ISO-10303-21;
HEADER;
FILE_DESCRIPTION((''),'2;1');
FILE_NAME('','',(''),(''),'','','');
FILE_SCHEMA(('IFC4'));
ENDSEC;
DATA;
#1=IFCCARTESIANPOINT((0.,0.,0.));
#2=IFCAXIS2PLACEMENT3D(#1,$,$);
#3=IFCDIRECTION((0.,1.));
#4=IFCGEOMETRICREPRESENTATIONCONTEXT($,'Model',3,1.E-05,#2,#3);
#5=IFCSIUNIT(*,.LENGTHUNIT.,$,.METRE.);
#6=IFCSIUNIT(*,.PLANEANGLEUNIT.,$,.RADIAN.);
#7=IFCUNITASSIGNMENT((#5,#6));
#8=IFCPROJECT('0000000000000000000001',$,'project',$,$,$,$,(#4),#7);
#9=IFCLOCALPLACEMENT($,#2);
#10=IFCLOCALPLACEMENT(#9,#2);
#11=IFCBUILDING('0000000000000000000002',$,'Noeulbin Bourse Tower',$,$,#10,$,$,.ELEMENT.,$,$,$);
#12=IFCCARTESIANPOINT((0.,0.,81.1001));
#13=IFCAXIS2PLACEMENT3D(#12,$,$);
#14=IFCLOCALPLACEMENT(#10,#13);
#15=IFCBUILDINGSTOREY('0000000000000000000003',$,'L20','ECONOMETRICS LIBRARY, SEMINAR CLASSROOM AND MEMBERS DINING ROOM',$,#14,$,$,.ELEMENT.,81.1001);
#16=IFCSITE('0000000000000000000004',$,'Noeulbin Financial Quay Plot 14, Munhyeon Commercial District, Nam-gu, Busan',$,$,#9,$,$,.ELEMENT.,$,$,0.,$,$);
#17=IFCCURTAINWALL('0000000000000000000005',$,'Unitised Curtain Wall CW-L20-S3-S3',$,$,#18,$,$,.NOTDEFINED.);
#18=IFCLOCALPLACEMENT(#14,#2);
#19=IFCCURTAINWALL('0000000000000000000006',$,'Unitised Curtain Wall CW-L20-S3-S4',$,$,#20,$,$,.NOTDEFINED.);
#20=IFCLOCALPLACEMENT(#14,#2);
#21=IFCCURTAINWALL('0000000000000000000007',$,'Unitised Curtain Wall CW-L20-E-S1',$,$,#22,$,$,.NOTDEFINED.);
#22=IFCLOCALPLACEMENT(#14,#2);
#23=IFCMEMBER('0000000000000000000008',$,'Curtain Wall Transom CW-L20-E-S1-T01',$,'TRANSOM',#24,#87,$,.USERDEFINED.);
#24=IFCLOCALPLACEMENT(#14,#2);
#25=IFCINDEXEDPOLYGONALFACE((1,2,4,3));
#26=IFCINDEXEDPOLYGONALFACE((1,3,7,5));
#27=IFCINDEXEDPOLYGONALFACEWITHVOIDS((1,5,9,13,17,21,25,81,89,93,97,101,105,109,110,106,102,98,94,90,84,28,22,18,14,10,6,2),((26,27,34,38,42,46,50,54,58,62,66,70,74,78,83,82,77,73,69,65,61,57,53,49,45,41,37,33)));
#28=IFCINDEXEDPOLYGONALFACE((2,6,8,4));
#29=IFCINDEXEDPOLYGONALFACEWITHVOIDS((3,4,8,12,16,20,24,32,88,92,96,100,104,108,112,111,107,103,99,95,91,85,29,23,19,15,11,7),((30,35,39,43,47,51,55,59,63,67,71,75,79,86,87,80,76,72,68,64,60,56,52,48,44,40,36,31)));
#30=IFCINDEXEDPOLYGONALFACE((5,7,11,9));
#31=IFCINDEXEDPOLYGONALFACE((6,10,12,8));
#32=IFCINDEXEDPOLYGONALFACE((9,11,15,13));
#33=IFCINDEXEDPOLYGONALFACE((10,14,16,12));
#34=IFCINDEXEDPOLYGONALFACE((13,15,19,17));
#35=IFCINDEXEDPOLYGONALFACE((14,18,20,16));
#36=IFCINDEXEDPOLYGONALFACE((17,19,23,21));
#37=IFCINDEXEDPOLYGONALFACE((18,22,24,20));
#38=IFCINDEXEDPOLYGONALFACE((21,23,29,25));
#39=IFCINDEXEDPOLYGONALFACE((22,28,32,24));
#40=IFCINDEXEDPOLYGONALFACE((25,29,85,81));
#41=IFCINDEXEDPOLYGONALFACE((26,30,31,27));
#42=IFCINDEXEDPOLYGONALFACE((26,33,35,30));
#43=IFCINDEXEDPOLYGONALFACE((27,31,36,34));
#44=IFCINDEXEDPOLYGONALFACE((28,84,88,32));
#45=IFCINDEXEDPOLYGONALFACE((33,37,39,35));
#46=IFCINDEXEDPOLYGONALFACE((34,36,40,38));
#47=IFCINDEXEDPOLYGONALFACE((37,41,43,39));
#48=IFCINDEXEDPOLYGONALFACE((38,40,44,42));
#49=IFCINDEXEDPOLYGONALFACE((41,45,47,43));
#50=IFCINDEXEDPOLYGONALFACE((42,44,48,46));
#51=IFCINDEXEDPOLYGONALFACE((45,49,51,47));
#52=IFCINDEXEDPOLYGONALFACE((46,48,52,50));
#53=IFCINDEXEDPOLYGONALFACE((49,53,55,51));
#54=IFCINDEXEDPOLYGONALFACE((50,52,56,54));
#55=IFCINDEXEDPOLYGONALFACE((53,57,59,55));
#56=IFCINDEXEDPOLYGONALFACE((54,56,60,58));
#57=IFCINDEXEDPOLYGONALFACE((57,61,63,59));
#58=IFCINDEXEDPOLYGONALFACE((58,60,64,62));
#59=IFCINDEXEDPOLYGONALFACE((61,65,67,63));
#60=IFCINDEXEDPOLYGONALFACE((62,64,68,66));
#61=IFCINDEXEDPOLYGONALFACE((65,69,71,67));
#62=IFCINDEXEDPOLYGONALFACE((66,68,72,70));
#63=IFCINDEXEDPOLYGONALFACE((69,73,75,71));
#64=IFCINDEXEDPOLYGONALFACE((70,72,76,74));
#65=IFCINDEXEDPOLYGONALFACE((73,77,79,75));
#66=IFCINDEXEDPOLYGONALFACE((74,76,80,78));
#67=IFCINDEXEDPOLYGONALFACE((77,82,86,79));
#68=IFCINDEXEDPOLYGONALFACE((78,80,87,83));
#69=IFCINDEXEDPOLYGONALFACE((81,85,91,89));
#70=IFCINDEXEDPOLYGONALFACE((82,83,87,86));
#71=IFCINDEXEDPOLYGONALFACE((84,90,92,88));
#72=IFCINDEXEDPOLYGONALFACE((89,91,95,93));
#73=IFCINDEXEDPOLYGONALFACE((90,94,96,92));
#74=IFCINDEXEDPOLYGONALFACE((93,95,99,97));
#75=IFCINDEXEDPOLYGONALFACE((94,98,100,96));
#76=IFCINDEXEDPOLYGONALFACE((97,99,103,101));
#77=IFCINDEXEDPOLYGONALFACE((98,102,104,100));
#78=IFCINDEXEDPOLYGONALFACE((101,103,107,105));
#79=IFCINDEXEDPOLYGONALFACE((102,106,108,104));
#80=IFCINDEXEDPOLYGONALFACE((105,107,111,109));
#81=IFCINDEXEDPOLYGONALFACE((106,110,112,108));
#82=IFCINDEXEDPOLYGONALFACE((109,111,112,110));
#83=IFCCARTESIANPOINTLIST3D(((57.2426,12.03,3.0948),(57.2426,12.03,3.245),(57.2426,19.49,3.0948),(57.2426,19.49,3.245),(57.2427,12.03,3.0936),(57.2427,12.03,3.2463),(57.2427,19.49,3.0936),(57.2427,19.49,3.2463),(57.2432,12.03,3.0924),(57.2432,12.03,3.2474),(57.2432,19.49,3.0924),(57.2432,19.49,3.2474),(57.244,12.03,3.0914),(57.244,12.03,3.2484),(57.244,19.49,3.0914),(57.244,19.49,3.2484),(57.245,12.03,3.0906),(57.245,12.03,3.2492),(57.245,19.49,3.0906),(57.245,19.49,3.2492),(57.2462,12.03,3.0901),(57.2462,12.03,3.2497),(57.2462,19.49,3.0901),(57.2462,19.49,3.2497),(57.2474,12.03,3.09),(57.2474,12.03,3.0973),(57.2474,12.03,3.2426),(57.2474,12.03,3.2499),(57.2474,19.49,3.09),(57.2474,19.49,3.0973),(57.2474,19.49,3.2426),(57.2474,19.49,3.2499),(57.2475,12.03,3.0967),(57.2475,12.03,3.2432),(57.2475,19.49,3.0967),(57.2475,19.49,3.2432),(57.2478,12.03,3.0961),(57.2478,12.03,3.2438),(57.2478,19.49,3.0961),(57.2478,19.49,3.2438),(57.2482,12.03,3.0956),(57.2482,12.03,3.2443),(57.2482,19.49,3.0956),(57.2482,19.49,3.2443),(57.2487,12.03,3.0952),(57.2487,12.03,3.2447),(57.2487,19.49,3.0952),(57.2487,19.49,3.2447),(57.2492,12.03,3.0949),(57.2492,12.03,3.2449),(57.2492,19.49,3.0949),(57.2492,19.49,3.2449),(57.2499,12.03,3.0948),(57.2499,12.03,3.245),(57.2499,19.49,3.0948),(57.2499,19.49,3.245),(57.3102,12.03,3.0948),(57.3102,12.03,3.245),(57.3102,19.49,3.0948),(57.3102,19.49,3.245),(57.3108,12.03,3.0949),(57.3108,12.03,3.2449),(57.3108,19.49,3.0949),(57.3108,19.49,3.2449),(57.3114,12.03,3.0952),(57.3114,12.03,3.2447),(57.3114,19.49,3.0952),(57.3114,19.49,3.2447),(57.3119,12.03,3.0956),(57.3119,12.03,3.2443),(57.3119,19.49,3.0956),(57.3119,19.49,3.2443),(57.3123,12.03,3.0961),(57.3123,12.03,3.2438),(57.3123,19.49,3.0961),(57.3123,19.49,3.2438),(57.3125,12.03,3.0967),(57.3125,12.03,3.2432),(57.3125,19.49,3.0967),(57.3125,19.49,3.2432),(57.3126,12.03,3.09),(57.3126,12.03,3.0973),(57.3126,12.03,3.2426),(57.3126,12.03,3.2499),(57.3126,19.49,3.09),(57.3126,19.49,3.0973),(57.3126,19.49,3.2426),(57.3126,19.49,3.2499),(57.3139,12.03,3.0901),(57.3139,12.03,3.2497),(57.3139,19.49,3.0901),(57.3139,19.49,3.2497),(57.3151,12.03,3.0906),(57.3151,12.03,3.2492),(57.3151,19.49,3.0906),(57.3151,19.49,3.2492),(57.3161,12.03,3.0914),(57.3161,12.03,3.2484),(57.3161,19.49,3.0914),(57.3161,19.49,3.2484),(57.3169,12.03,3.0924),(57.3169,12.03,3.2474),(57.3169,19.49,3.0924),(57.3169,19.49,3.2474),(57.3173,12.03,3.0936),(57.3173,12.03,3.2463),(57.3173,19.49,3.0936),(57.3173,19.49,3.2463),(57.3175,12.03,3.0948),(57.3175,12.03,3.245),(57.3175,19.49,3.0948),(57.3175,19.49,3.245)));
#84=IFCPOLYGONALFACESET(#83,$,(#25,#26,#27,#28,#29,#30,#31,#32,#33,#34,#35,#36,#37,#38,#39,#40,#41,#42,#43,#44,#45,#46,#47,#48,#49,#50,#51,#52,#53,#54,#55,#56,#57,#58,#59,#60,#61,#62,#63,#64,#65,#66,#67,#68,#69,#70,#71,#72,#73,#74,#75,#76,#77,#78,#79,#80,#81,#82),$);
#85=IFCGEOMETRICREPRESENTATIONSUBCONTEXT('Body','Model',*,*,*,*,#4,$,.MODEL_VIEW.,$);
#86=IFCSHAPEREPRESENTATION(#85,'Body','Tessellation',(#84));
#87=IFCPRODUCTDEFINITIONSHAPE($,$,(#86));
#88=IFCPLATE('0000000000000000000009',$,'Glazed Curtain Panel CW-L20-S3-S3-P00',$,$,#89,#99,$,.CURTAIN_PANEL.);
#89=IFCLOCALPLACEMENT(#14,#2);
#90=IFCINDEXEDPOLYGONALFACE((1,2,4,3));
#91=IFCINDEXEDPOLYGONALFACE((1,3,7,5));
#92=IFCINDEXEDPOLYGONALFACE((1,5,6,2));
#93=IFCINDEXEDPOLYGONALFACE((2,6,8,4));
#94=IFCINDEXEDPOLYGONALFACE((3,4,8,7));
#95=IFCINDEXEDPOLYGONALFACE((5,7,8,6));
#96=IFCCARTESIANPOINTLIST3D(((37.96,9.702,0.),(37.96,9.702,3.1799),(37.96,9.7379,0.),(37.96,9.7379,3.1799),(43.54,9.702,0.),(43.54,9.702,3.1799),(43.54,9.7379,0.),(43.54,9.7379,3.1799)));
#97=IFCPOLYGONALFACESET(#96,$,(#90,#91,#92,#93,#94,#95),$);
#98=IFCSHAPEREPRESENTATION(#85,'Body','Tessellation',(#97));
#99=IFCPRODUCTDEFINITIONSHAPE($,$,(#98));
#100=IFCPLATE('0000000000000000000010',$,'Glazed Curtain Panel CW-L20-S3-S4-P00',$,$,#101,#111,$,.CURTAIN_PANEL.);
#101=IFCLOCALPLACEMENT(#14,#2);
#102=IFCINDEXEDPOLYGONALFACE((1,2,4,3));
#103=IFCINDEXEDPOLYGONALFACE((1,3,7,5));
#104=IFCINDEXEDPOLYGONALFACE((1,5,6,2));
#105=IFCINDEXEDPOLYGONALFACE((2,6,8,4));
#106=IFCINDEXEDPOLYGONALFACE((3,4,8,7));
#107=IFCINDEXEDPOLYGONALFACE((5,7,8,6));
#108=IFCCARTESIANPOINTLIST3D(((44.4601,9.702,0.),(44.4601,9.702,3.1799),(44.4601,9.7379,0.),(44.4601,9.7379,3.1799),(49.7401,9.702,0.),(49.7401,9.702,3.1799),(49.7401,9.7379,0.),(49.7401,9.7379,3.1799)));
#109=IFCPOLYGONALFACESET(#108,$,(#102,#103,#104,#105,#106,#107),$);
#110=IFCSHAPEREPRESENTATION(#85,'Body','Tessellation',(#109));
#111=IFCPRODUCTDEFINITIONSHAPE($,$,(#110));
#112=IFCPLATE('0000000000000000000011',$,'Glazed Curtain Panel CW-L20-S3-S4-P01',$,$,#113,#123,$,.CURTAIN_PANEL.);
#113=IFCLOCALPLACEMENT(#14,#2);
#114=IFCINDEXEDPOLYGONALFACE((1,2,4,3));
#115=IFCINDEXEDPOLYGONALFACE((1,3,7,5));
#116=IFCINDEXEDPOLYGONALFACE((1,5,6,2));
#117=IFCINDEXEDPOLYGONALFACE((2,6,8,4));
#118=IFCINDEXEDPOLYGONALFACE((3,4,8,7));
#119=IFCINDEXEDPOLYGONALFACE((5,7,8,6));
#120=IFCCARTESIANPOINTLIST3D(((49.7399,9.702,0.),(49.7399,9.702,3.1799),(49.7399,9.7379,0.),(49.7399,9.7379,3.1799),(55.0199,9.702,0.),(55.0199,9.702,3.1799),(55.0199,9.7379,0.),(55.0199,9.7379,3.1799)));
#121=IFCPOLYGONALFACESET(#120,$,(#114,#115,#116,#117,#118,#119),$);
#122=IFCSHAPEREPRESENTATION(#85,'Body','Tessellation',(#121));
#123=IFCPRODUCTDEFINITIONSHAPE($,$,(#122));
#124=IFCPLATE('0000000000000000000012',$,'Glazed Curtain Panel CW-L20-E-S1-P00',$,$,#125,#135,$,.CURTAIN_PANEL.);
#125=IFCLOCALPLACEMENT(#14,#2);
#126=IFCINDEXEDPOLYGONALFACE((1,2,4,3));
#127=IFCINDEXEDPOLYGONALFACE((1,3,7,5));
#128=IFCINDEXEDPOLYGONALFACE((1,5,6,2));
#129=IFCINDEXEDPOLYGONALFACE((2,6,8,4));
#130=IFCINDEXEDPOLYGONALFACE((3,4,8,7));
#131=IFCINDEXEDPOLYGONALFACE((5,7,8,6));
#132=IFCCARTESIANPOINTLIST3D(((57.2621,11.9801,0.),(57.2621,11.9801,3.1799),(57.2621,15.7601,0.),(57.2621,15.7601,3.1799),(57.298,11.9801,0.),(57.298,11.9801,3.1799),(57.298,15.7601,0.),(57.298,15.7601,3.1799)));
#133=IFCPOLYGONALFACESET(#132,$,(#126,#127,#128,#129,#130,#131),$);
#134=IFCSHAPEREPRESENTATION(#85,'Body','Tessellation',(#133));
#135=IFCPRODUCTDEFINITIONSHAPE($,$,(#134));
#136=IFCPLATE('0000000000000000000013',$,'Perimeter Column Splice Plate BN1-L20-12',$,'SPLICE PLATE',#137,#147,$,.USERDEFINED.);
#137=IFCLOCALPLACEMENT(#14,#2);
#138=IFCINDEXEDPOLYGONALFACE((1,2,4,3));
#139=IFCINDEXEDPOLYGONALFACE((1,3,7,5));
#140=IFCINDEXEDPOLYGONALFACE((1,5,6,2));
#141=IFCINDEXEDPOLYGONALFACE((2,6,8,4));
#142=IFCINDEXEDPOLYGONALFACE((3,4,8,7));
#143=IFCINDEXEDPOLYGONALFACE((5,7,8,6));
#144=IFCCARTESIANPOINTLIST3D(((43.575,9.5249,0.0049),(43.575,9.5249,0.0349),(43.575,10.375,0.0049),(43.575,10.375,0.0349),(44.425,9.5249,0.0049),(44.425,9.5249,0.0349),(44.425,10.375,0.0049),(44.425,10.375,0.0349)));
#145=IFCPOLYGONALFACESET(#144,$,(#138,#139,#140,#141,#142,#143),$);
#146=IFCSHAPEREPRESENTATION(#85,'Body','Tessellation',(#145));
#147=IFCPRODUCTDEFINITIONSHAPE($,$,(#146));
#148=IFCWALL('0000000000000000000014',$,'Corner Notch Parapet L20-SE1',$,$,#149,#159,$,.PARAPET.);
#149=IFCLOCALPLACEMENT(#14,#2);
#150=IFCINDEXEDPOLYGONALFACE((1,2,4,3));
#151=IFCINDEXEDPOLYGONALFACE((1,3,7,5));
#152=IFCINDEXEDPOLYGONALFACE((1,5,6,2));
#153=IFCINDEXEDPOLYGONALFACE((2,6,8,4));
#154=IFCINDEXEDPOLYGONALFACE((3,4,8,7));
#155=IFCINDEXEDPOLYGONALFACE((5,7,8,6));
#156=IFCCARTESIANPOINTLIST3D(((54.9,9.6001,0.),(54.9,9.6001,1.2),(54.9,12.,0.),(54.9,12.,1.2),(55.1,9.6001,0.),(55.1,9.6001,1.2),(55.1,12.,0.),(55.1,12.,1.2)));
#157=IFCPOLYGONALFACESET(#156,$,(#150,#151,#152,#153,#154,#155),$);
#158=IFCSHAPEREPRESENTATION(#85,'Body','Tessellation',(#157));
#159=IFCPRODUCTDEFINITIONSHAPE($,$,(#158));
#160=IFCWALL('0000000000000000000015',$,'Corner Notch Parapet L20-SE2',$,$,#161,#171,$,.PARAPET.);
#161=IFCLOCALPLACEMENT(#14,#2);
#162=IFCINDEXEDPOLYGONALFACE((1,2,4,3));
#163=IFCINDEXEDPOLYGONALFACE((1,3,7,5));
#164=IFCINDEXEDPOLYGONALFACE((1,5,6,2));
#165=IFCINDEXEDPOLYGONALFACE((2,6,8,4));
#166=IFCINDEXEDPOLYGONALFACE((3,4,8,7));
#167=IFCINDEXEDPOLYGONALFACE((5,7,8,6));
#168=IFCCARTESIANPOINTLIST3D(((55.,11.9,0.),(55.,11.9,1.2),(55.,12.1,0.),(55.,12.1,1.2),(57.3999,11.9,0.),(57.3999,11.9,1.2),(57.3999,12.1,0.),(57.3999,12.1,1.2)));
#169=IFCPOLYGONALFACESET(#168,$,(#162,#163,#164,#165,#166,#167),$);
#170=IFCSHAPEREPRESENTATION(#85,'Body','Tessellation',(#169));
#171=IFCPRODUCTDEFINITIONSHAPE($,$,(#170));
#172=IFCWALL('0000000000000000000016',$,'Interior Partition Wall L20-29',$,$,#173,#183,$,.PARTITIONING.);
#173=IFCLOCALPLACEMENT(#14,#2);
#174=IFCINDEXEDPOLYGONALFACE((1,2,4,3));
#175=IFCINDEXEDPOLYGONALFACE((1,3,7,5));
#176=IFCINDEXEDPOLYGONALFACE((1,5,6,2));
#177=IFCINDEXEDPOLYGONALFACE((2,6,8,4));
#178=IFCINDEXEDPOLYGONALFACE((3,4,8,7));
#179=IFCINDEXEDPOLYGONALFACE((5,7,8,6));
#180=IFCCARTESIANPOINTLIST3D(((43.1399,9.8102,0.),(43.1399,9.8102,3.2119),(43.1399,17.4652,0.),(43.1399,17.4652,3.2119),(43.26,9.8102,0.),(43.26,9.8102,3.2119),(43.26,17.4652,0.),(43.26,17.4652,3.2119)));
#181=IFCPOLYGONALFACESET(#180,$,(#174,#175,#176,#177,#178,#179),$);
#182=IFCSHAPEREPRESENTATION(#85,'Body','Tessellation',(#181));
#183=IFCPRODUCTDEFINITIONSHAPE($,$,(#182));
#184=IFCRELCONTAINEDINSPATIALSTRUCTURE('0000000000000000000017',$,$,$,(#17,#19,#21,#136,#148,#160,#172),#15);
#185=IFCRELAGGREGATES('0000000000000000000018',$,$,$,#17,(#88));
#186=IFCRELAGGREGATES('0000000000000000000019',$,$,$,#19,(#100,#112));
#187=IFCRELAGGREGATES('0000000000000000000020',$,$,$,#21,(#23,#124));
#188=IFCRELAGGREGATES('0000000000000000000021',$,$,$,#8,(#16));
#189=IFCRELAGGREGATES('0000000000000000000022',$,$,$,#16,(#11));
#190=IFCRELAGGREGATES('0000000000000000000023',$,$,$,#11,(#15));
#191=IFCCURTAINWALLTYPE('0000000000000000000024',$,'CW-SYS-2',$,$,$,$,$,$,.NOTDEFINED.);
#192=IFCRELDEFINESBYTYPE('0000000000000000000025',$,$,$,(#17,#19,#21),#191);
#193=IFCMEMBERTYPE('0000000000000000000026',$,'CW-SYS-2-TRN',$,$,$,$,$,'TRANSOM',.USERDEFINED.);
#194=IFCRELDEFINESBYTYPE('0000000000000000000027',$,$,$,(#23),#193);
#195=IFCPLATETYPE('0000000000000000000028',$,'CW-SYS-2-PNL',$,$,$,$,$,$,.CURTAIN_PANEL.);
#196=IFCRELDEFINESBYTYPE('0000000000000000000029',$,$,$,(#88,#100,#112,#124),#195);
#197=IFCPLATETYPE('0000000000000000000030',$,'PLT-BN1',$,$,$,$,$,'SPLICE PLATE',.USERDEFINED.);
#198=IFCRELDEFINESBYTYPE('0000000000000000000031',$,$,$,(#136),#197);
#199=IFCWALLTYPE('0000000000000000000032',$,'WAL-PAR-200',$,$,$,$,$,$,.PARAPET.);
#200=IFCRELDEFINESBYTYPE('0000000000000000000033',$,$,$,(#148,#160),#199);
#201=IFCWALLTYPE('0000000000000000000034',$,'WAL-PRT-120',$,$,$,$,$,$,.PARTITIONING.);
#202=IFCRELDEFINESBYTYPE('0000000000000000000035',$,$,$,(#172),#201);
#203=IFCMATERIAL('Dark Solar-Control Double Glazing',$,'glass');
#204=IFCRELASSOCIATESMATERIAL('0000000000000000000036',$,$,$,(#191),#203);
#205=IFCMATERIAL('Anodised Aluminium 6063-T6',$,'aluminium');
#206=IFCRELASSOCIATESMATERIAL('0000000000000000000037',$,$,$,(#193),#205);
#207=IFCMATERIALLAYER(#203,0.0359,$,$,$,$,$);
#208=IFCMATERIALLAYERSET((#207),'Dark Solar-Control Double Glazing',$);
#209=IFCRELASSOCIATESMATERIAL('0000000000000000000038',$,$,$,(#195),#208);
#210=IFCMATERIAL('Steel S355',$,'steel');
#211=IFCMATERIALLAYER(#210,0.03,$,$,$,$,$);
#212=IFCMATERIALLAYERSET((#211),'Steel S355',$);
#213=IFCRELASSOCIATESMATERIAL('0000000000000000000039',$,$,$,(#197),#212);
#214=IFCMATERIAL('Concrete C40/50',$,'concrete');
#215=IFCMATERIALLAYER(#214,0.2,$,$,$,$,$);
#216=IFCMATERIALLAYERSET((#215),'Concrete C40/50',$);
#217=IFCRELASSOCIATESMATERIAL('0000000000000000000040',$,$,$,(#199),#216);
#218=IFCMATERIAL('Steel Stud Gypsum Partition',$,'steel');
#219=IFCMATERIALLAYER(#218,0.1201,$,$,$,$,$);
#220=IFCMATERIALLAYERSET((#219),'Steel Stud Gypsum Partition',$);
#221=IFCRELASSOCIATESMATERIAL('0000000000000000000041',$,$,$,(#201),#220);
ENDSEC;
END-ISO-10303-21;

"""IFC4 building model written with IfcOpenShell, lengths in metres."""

from ifc_helpers import new_model, si_unit, direction, frame, frame_2d, origin, origin_2d, place, context, subcontext, project, spatial, rectangle, hollow_rectangle, extrude, material, layer, layer_set, material_profile, profile_set, type_object, element, aggregate, save


model = new_model("IFC4")

# Units and contexts
model_context = context("Model", 3, precision=1e-05, world=origin(), true_north=direction((0.0, 1.0)))
body_context = subcontext(model_context, "Body", "Model", "MODEL_VIEW")
ifc_project = project(units=[si_unit("LENGTHUNIT", "METRE"), si_unit("PLANEANGLEUNIT", "RADIAN")], contexts=[model_context])

# Site, building, storey
site_placement = place(None, origin())
site = spatial("IfcSite", under=ifc_project, at=site_placement, Name="Noeulbin Financial Quay Plot 14, Munhyeon Commercial District, Nam-gu, Busan", CompositionType="ELEMENT", RefElevation=0.0)
building_placement = place(site_placement, origin())
building = spatial("IfcBuilding", under=site, at=building_placement, Name="Noeulbin Bourse Tower", CompositionType="ELEMENT")
storey_placement = place(building_placement, frame((0.0, 0.0, 81.1001)))
storey = spatial("IfcBuildingStorey", under=building, at=storey_placement, Name="L20", Description="ECONOMETRICS LIBRARY, SEMINAR CLASSROOM AND MEMBERS DINING ROOM", CompositionType="ELEMENT", Elevation=81.1001)

# Shared definitions
ifc_material_1 = material(Name="Steel S355", Category="steel")

# Curtain wall
ifc_material_2 = material(Name="Dark Solar-Control Double Glazing", Category="glass")
curtain_wall_type = type_object("IfcCurtainWallType", Name="CW-SYS-2", PredefinedType="NOTDEFINED", material=ifc_material_2)
curtain_wall_1_placement = place(storey_placement, origin())
curtain_wall_1 = element("IfcCurtainWall", 1, at=curtain_wall_1_placement, inside=storey, type_object=curtain_wall_type, Name="Unitised Curtain Wall CW-L20-S3-S3", PredefinedType="NOTDEFINED")
ifc_material_3 = material(Name="Anodised Aluminium 6063-T6", Category="aluminium")

# Curtain walls
curtain_wall_2_placement = place(storey_placement, origin())
curtain_wall_2 = element("IfcCurtainWall", 2, at=curtain_wall_2_placement, inside=storey, type_object=curtain_wall_type, Name="Unitised Curtain Wall CW-L20-S3-S4", PredefinedType="NOTDEFINED")
curtain_wall_3_placement = place(storey_placement, origin())
curtain_wall_3 = element("IfcCurtainWall", 3, at=curtain_wall_3_placement, inside=storey, type_object=curtain_wall_type, Name="Unitised Curtain Wall CW-L20-E-S1", PredefinedType="NOTDEFINED")

# Member
ifc_material_profile_1 = material_profile(ifc_material_3, hollow_rectangle(XDim=0.075, YDim=0.1599, WallThickness=0.0049, InnerFilletRadius=0.0024, OuterFilletRadius=0.0049, at=origin_2d()), Name="ALU-TRAN-75x160x5", Category="LoadBearing")
ifc_profile_set_1 = profile_set([ifc_material_profile_1], Name="Anodised Aluminium 6063-T6")
member_type_1 = type_object("IfcMemberType", Name="CW-SYS-2-TRN", ElementType="TRANSOM", PredefinedType="USERDEFINED", material=ifc_profile_set_1)
member_1_placement = place(storey_placement, frame((57.28, 12.03, 3.1699), z_axis=(0.0, 1.0, 0.0), x_axis=(-1.0, 0.0, 0.0)))
member_1 = element("IfcMember", 4, at=member_1_placement, type_object=member_type_1, Name="Curtain Wall Transom CW-L20-E-S1-T01", ObjectType="TRANSOM", PredefinedType="USERDEFINED", context=body_context, shape_type="SweptSolid", body=[
    extrude(hollow_rectangle(XDim=0.075, YDim=0.1599, WallThickness=0.0049, InnerFilletRadius=0.0024, OuterFilletRadius=0.0049, at=origin_2d()), origin(), (0.0, 0.0, 1.0), 7.46),
])

# Plates
ifc_layer_1 = layer(ifc_material_2, 0.0359)
ifc_layer_set_1 = layer_set([ifc_layer_1], Name="Dark Solar-Control Double Glazing")
plate_type_1 = type_object("IfcPlateType", Name="CW-SYS-2-PNL", PredefinedType="CURTAIN_PANEL", material=ifc_layer_set_1)
plate_1_placement = place(storey_placement, frame((40.75, 9.72, 0.0), z_axis=(0.0, 0.0, 1.0), x_axis=(1.0, 0.0, 0.0)))
plate_1 = element("IfcPlate", 5, at=plate_1_placement, type_object=plate_type_1, Name="Glazed Curtain Panel CW-L20-S3-S3-P00", PredefinedType="CURTAIN_PANEL", context=body_context, shape_type="SweptSolid", body=[
    extrude(rectangle(XDim=5.5801, YDim=0.0359, at=origin_2d()), origin(), (0.0, 0.0, 1.0), 3.1799),
])
aggregate(curtain_wall_1, [plate_1])
plate_2_placement = place(storey_placement, frame((47.1001, 9.72, 0.0), z_axis=(0.0, 0.0, 1.0), x_axis=(1.0, 0.0, 0.0)))
plate_2 = element("IfcPlate", 6, at=plate_2_placement, type_object=plate_type_1, Name="Glazed Curtain Panel CW-L20-S3-S4-P00", PredefinedType="CURTAIN_PANEL", context=body_context, shape_type="SweptSolid", body=[
    extrude(rectangle(XDim=5.28, YDim=0.0359, at=origin_2d()), origin(), (0.0, 0.0, 1.0), 3.1799),
])
plate_3_placement = place(storey_placement, frame((52.3799, 9.72, 0.0), z_axis=(0.0, 0.0, 1.0), x_axis=(1.0, 0.0, 0.0)))
plate_3 = element("IfcPlate", 7, at=plate_3_placement, type_object=plate_type_1, Name="Glazed Curtain Panel CW-L20-S3-S4-P01", PredefinedType="CURTAIN_PANEL", context=body_context, shape_type="SweptSolid", body=[
    extrude(rectangle(XDim=5.28, YDim=0.0359, at=origin_2d()), origin(), (0.0, 0.0, 1.0), 3.1799),
])
aggregate(curtain_wall_2, [plate_2, plate_3])
plate_4_placement = place(storey_placement, frame((57.28, 13.8701, 0.0), z_axis=(0.0, 0.0, 1.0), x_axis=(0.0, 1.0, 0.0)))
plate_4 = element("IfcPlate", 8, at=plate_4_placement, type_object=plate_type_1, Name="Glazed Curtain Panel CW-L20-E-S1-P00", PredefinedType="CURTAIN_PANEL", context=body_context, shape_type="SweptSolid", body=[
    extrude(rectangle(XDim=3.78, YDim=0.0359, at=origin_2d()), origin(), (0.0, 0.0, 1.0), 3.1799),
])
aggregate(curtain_wall_3, [member_1, plate_4])
ifc_layer_2 = layer(ifc_material_1, 0.03)
ifc_layer_set_2 = layer_set([ifc_layer_2], Name="Steel S355")
plate_type_2 = type_object("IfcPlateType", Name="PLT-BN1", ElementType="SPLICE PLATE", PredefinedType="USERDEFINED", material=ifc_layer_set_2)
plate_5_placement = place(storey_placement, frame((44.0, 9.95, 0.0049), z_axis=(0.0, 0.0, 1.0), x_axis=(1.0, 0.0, 0.0)))
element("IfcPlate", 9, at=plate_5_placement, inside=storey, type_object=plate_type_2, Name="Perimeter Column Splice Plate BN1-L20-12", ObjectType="SPLICE PLATE", PredefinedType="USERDEFINED", context=body_context, shape_type="SweptSolid", body=[
    extrude(rectangle(XDim=0.8501, YDim=0.8501, at=origin_2d()), origin(), (0.0, 0.0, 1.0), 0.03),
])

# Walls
ifc_material_4 = material(Name="Concrete C40/50", Category="concrete")
ifc_layer_3 = layer(ifc_material_4, 0.2)
ifc_layer_set_3 = layer_set([ifc_layer_3], Name="Concrete C40/50")
wall_type_1 = type_object("IfcWallType", Name="WAL-PAR-200", PredefinedType="PARAPET", material=ifc_layer_set_3)
for number, where, z_axis, x_axis, name in (
    (10, (55.0, 9.6001, 0.0), (0.0, 0.0, 1.0), (0.0, 1.0, 0.0), "Corner Notch Parapet L20-SE1"),
    (11, (55.0, 12.0, 0.0), (0.0, 0.0, 1.0), (1.0, 0.0, 0.0), "Corner Notch Parapet L20-SE2"),
):
    element("IfcWall", number, at=place(storey_placement, frame(where, z_axis=z_axis, x_axis=x_axis)), inside=storey, type_object=wall_type_1, Name=name, PredefinedType="PARAPET", context=body_context, shape_type="SweptSolid", body=[
        extrude(rectangle(XDim=2.3999, YDim=0.2, at=frame_2d((1.2, 0.0))), origin(), (0.0, 0.0, 1.0), 1.2),
    ])
ifc_material_5 = material(Name="Steel Stud Gypsum Partition", Category="steel")
ifc_layer_4 = layer(ifc_material_5, 0.1201)
ifc_layer_set_4 = layer_set([ifc_layer_4], Name="Steel Stud Gypsum Partition")
wall_type_2 = type_object("IfcWallType", Name="WAL-PRT-120", PredefinedType="PARTITIONING", material=ifc_layer_set_4)
wall_placement = place(storey_placement, frame((43.2, 9.8101, 0.0), z_axis=(0.0, 0.0, 1.0), x_axis=(0.0, 1.0, 0.0)))
element("IfcWall", 12, at=wall_placement, inside=storey, type_object=wall_type_2, Name="Interior Partition Wall L20-29", PredefinedType="PARTITIONING", context=body_context, shape_type="SweptSolid", body=[
    extrude(rectangle(XDim=7.655, YDim=0.1201, at=frame_2d((3.8276, 0.0))), origin(), (0.0, 0.0, 1.0), 3.2119),
])

save(model, "model.ifc")
